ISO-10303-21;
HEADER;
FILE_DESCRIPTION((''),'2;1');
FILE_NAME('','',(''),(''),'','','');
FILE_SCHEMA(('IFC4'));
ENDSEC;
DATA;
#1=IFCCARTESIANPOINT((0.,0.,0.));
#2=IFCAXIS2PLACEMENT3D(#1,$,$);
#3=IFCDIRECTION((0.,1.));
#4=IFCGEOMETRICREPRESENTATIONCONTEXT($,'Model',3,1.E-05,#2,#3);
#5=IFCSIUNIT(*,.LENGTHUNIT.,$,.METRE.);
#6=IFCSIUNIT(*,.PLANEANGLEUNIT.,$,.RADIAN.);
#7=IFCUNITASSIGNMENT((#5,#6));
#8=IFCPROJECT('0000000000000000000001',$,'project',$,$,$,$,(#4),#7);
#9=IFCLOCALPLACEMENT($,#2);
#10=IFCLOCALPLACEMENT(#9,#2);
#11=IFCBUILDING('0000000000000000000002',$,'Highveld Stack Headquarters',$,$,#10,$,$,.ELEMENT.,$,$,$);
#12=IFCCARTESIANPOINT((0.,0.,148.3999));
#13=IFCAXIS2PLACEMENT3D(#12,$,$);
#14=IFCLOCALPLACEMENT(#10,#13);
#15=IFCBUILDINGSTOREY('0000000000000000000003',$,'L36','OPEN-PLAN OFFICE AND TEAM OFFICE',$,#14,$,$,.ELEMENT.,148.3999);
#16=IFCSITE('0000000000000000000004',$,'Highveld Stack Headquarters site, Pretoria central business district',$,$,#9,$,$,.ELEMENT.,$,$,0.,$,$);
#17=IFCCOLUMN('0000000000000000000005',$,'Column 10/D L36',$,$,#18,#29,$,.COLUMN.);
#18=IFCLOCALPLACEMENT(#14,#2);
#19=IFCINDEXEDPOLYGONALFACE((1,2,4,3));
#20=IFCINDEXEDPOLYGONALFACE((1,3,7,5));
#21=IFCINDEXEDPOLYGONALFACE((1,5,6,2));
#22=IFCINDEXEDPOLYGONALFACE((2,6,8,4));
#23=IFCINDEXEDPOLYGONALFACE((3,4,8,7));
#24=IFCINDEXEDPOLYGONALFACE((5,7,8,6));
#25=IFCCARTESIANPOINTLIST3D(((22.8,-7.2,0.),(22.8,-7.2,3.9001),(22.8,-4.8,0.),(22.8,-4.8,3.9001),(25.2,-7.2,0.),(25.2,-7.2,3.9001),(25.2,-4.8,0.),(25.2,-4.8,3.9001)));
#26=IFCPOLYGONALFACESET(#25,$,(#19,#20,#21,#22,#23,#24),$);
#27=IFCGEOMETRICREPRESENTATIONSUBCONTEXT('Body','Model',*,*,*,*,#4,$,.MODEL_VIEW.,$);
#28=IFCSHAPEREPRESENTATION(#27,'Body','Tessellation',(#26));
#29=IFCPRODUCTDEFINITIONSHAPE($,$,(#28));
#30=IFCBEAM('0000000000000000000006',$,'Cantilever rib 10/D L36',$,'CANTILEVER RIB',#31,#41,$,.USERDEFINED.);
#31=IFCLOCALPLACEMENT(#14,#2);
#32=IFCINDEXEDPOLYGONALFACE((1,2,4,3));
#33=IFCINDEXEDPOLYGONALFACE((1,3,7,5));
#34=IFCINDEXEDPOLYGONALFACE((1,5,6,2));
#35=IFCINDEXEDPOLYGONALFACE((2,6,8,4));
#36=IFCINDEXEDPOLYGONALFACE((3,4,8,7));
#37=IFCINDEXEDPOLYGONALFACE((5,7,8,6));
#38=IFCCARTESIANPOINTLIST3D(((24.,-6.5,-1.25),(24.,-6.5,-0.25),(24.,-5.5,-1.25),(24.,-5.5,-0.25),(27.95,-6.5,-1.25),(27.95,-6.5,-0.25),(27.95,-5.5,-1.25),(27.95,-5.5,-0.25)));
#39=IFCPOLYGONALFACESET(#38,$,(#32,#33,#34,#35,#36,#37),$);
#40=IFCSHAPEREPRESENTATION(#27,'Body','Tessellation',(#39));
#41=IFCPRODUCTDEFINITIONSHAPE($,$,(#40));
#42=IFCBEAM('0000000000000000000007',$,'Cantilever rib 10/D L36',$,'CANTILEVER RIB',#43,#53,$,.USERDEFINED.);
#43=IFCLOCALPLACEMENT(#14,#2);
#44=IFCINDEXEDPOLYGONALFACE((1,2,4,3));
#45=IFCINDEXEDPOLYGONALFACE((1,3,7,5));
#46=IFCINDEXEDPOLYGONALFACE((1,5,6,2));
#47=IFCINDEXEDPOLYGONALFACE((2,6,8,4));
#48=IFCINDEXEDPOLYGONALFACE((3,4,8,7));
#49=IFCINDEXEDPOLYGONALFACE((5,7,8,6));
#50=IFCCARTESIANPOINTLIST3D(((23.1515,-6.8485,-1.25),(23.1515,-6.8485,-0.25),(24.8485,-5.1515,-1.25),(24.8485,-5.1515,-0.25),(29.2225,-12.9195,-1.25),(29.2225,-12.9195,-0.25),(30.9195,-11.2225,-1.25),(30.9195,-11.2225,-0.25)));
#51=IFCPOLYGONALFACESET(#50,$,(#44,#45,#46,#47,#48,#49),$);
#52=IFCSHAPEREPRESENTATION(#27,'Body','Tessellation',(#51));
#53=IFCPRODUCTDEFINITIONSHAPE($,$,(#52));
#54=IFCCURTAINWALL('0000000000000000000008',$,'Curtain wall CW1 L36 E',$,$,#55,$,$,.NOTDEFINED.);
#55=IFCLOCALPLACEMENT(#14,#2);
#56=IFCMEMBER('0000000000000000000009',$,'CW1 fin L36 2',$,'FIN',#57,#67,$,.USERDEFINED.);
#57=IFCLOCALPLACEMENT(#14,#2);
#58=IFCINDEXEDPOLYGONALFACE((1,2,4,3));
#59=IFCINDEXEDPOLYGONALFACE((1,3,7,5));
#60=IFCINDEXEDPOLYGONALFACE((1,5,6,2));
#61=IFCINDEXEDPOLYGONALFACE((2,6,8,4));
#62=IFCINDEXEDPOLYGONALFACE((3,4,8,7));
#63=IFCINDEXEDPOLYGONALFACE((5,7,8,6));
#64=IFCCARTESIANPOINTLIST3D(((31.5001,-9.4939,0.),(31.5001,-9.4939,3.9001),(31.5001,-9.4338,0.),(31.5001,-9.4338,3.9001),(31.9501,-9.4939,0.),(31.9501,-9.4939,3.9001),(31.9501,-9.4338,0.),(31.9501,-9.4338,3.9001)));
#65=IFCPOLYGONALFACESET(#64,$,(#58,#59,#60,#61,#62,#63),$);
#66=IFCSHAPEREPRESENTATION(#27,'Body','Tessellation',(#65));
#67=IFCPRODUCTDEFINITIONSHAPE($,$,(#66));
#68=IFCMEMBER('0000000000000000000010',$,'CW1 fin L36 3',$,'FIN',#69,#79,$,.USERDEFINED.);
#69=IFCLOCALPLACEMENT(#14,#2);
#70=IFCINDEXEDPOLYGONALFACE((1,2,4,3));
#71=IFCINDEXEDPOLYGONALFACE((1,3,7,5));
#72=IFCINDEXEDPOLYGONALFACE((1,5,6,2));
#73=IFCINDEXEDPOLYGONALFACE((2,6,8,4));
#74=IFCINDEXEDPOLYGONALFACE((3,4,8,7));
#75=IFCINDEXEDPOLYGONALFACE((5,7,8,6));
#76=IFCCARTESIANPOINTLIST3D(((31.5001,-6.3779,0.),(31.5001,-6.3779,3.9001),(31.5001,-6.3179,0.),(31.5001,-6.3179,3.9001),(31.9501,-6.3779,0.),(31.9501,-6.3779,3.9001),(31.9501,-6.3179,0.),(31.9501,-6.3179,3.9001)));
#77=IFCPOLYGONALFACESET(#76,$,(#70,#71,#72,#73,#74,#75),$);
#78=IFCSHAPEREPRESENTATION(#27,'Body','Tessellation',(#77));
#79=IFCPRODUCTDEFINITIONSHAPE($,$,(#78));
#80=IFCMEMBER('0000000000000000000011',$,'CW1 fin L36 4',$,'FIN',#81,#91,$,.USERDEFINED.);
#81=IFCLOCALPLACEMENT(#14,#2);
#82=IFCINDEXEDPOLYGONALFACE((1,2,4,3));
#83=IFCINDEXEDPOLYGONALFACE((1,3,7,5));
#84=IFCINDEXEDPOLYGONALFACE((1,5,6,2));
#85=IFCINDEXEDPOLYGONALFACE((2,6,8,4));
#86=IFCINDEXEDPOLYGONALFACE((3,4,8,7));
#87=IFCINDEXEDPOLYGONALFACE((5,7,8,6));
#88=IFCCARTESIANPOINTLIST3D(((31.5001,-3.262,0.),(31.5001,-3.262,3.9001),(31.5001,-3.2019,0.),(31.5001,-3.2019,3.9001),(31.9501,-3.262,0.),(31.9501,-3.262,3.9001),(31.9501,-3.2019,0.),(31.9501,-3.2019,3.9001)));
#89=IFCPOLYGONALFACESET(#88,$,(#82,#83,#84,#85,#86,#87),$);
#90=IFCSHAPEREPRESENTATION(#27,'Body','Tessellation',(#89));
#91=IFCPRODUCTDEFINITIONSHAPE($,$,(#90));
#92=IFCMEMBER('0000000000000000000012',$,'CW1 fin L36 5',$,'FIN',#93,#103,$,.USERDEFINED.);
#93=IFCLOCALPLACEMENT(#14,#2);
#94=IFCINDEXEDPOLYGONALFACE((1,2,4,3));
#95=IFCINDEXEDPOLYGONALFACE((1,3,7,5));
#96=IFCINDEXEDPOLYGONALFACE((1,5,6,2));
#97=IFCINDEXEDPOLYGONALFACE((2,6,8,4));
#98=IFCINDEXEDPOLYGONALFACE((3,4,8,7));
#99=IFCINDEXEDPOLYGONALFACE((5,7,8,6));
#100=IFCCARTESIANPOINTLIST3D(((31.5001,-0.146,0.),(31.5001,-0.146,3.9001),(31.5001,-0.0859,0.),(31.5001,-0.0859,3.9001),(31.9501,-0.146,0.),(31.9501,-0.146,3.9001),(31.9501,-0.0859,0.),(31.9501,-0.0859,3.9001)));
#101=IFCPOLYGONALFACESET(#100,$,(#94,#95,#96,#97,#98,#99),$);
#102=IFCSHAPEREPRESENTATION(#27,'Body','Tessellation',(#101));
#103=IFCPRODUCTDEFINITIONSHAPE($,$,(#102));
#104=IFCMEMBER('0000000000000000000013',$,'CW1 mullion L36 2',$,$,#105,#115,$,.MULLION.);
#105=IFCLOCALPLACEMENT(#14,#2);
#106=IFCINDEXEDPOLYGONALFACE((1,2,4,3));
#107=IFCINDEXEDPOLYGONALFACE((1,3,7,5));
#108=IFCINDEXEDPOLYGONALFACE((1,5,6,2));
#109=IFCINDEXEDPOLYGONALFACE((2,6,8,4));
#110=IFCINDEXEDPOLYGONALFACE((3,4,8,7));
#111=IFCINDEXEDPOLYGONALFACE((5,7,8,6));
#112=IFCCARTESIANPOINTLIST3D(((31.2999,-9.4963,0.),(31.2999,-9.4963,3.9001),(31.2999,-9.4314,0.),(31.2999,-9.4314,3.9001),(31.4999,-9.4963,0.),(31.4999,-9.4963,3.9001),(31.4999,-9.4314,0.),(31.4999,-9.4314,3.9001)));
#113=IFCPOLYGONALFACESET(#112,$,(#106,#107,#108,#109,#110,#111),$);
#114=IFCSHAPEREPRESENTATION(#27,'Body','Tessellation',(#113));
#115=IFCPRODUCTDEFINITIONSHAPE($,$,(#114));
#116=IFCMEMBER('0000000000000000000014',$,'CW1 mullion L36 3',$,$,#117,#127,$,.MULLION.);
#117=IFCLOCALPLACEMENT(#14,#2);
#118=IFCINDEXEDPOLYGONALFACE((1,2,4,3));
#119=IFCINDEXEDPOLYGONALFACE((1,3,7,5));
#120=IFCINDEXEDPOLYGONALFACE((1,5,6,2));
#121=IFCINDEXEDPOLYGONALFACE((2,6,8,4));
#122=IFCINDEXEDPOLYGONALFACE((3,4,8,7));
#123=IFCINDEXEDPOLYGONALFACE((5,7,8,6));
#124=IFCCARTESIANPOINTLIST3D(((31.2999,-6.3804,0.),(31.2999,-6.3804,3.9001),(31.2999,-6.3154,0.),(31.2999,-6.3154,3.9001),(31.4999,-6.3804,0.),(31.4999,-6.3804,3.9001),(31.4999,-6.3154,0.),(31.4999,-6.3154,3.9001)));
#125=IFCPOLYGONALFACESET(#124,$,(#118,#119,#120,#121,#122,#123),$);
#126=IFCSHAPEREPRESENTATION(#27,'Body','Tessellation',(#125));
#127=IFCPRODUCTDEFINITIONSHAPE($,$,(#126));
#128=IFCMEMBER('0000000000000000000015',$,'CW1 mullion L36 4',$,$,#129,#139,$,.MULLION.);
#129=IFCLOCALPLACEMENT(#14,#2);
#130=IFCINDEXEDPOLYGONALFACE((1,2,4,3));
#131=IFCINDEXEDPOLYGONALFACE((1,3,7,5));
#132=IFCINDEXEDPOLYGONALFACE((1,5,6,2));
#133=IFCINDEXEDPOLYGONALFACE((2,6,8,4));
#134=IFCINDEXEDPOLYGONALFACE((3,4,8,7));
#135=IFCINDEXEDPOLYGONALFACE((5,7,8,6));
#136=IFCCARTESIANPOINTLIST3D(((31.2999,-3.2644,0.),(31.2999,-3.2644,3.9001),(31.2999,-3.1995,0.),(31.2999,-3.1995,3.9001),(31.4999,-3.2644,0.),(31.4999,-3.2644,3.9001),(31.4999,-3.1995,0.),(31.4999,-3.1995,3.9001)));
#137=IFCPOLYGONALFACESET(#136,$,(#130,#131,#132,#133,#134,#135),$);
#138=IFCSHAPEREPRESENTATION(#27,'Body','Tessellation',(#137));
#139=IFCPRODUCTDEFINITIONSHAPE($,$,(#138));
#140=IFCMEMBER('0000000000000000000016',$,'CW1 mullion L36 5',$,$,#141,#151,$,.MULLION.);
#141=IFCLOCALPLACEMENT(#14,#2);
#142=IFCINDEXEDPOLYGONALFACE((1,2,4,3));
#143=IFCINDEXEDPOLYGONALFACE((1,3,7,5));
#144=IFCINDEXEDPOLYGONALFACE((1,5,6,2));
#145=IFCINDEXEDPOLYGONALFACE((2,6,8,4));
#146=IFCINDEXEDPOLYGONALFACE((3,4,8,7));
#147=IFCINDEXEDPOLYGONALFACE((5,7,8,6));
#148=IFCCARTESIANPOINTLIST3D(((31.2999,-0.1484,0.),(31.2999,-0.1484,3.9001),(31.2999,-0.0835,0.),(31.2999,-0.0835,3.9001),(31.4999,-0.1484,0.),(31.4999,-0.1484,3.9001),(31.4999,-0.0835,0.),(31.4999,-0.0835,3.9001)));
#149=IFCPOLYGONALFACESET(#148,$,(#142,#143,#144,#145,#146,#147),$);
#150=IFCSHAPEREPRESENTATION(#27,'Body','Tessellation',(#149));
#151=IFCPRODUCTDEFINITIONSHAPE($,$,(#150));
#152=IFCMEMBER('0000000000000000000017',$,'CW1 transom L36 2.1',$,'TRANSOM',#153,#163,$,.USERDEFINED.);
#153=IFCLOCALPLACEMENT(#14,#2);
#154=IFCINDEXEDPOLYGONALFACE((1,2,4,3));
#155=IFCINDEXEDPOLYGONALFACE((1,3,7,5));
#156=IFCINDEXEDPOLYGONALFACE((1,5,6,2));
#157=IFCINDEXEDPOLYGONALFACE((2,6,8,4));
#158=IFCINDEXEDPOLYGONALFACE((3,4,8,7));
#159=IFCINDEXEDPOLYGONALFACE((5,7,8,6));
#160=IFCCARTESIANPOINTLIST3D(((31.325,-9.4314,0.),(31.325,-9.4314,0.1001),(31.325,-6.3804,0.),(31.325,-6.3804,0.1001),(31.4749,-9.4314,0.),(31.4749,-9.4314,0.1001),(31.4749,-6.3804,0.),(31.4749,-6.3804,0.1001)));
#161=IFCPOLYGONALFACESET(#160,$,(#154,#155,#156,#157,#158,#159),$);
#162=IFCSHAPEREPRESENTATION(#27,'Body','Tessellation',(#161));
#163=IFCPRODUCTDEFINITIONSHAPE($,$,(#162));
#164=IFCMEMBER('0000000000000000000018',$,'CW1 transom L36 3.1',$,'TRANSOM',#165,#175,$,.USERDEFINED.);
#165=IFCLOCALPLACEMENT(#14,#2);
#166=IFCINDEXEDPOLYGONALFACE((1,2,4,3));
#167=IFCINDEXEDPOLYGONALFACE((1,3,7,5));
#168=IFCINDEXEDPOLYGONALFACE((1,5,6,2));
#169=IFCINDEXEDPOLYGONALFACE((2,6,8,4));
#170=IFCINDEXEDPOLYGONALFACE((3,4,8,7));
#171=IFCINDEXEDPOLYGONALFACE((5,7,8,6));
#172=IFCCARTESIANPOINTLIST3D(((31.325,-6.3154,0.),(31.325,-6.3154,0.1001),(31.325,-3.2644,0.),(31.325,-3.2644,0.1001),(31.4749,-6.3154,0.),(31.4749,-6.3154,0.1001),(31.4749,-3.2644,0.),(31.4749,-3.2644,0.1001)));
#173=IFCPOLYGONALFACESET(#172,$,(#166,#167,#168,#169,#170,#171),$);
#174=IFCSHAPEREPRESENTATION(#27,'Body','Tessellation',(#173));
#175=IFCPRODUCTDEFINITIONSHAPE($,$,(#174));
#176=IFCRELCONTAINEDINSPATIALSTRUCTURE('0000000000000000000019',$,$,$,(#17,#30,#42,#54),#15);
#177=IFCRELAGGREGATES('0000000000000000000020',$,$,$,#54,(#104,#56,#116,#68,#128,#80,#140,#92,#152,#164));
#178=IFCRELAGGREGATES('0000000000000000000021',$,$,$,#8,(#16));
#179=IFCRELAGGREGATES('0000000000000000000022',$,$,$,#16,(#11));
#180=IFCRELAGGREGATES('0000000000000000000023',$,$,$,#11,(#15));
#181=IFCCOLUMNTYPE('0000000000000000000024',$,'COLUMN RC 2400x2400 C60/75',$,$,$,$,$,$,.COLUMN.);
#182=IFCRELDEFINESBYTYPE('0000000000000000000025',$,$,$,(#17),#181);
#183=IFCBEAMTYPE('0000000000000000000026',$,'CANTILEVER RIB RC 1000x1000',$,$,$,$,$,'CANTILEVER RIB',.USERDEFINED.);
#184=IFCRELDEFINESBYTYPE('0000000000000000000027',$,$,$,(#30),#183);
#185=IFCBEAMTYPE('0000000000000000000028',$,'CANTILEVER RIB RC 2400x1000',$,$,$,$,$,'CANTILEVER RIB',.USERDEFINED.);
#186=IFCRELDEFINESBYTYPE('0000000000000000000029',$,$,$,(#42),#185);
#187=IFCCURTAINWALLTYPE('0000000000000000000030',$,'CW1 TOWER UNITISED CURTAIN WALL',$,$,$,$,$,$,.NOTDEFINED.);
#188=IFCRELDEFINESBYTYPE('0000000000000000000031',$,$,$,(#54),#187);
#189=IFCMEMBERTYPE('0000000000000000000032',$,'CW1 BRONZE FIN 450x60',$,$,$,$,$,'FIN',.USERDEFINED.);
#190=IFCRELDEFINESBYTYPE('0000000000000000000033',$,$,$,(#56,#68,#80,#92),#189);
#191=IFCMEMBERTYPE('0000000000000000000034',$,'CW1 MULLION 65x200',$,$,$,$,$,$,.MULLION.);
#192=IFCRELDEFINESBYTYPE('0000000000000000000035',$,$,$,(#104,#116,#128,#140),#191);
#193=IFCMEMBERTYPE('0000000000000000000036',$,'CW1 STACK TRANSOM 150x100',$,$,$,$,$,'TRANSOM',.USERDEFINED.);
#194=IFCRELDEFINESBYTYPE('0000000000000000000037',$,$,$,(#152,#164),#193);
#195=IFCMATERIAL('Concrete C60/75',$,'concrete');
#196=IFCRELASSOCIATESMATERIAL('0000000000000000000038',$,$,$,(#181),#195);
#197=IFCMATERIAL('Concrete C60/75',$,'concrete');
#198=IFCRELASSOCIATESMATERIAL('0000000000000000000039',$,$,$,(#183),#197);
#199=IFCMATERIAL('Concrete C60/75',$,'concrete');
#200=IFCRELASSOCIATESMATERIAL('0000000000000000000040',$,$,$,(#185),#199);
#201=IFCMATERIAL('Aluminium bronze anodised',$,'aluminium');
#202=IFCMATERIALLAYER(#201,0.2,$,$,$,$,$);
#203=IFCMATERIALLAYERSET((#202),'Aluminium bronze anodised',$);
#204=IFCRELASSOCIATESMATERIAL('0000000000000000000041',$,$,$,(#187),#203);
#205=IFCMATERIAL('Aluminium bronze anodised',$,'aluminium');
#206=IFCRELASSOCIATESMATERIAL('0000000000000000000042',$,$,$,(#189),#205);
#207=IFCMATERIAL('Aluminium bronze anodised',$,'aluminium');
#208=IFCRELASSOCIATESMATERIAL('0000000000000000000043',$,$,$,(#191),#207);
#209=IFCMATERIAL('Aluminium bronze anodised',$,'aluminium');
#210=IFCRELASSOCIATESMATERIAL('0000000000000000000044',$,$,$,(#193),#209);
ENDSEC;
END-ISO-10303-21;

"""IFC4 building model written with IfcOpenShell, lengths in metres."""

from ifc_helpers import new_model, si_unit, direction, frame, origin, origin_2d, place, context, subcontext, project, spatial, rectangle, extrude, material, layer, layer_set, material_profile, profile_set, type_object, element, aggregate, save


model = new_model("IFC4")

# Units and contexts
model_context = context("Model", 3, precision=1e-05, world=origin(), true_north=direction((0.0, 1.0)))
body_context = subcontext(model_context, "Body", "Model", "MODEL_VIEW")
ifc_project = project(units=[si_unit("LENGTHUNIT", "METRE"), si_unit("PLANEANGLEUNIT", "RADIAN")], contexts=[model_context])

# Site, building, storey
site_placement = place(None, origin())
site = spatial("IfcSite", under=ifc_project, at=site_placement, Name="Highveld Stack Headquarters site, Pretoria central business district", CompositionType="ELEMENT", RefElevation=0.0)
building_placement = place(site_placement, origin())
building = spatial("IfcBuilding", under=site, at=building_placement, Name="Highveld Stack Headquarters", CompositionType="ELEMENT")
storey_placement = place(building_placement, frame((0.0, 0.0, 148.3999)))
storey = spatial("IfcBuildingStorey", under=building, at=storey_placement, Name="L36", Description="OPEN-PLAN OFFICE AND TEAM OFFICE", CompositionType="ELEMENT", Elevation=148.3999)

# Column
ifc_material_1 = material(Name="Concrete C60/75", Category="concrete")
ifc_material_profile_1 = material_profile(ifc_material_1, rectangle(XDim=2.3999, YDim=2.3999, at=origin_2d()), Name="RC 2400x2400")
ifc_profile_set_1 = profile_set([ifc_material_profile_1], Name="Concrete C60/75")
column_type = type_object("IfcColumnType", Name="COLUMN RC 2400x2400 C60/75", PredefinedType="COLUMN", material=ifc_profile_set_1)
column_placement = place(storey_placement, frame((24.0, -6.0, 0.0), z_axis=(0.0, 0.0, 1.0), x_axis=(1.0, 0.0, 0.0)))
element("IfcColumn", 1, at=column_placement, inside=storey, type_object=column_type, Name="Column 10/D L36", PredefinedType="COLUMN", context=body_context, shape_type="SweptSolid", body=[
    extrude(rectangle(XDim=2.3999, YDim=2.3999, at=origin_2d()), origin(), (0.0, 0.0, 1.0), 3.9001),
])

# Beams
ifc_material_2 = material(Name="Concrete C60/75", Category="concrete")
ifc_material_profile_2 = material_profile(ifc_material_2, rectangle(XDim=1.0, YDim=1.0, at=origin_2d()), Name="RC 1000x1000")
ifc_profile_set_2 = profile_set([ifc_material_profile_2], Name="Concrete C60/75")
beam_type_1 = type_object("IfcBeamType", Name="CANTILEVER RIB RC 1000x1000", ElementType="CANTILEVER RIB", PredefinedType="USERDEFINED", material=ifc_profile_set_2)
beam_1_placement = place(storey_placement, frame((24.0, -6.0, -0.75), z_axis=(1.0, 0.0, 0.0), x_axis=(0.0, 1.0, 0.0)))
element("IfcBeam", 2, at=beam_1_placement, inside=storey, type_object=beam_type_1, Name="Cantilever rib 10/D L36", ObjectType="CANTILEVER RIB", PredefinedType="USERDEFINED", context=body_context, shape_type="SweptSolid", body=[
    extrude(rectangle(XDim=1.0, YDim=1.0, at=origin_2d()), origin(), (0.0, 0.0, 1.0), 3.95),
])
ifc_material_3 = material(Name="Concrete C60/75", Category="concrete")
ifc_material_profile_3 = material_profile(ifc_material_3, rectangle(XDim=2.3999, YDim=1.0, at=origin_2d()), Name="RC 2400x1000")
ifc_profile_set_3 = profile_set([ifc_material_profile_3], Name="Concrete C60/75")
beam_type_2 = type_object("IfcBeamType", Name="CANTILEVER RIB RC 2400x1000", ElementType="CANTILEVER RIB", PredefinedType="USERDEFINED", material=ifc_profile_set_3)
beam_2_placement = place(storey_placement, frame((24.0, -6.0, -0.75), z_axis=(0.707107, -0.707107, 0.0), x_axis=(0.707107, 0.707107, 0.0)))
element("IfcBeam", 3, at=beam_2_placement, inside=storey, type_object=beam_type_2, Name="Cantilever rib 10/D L36", ObjectType="CANTILEVER RIB", PredefinedType="USERDEFINED", context=body_context, shape_type="SweptSolid", body=[
    extrude(rectangle(XDim=2.3999, YDim=1.0, at=origin_2d()), origin(), (0.0, 0.0, 1.0), 8.5857),
])

# Curtain wall, members
ifc_material_4 = material(Name="Aluminium bronze anodised", Category="aluminium")
ifc_layer_1 = layer(ifc_material_4, 0.2)
ifc_layer_set_1 = layer_set([ifc_layer_1], Name="Aluminium bronze anodised")
curtain_wall_type = type_object("IfcCurtainWallType", Name="CW1 TOWER UNITISED CURTAIN WALL", PredefinedType="NOTDEFINED", material=ifc_layer_set_1)
curtain_wall_placement = place(storey_placement, origin())
curtain_wall = element("IfcCurtainWall", 4, at=curtain_wall_placement, inside=storey, type_object=curtain_wall_type, Name="Curtain wall CW1 L36 E", PredefinedType="NOTDEFINED")
ifc_material_5 = material(Name="Aluminium bronze anodised", Category="aluminium")
ifc_material_profile_4 = material_profile(ifc_material_5, rectangle(XDim=0.45, YDim=0.0601, at=origin_2d()), Name="FIN 450x60")
ifc_profile_set_4 = profile_set([ifc_material_profile_4], Name="Aluminium bronze anodised")
member_type_1 = type_object("IfcMemberType", Name="CW1 BRONZE FIN 450x60", ElementType="FIN", PredefinedType="USERDEFINED", material=ifc_profile_set_4)
member_1_placement = place(storey_placement, frame((31.7251, -9.4639, 0.0), z_axis=(0.0, 0.0, 1.0), x_axis=(-1.0, 0.0, 0.0)))
member_1 = element("IfcMember", 5, at=member_1_placement, type_object=member_type_1, Name="CW1 fin L36 2", ObjectType="FIN", PredefinedType="USERDEFINED", context=body_context, shape_type="SweptSolid", body=[
    extrude(rectangle(XDim=0.45, YDim=0.0601, at=origin_2d()), origin(), (0.0, 0.0, 1.0), 3.9001),
])
member_2_placement = place(storey_placement, frame((31.7251, -6.3479, 0.0), z_axis=(0.0, 0.0, 1.0), x_axis=(-1.0, 0.0, 0.0)))
member_2 = element("IfcMember", 6, at=member_2_placement, type_object=member_type_1, Name="CW1 fin L36 3", ObjectType="FIN", PredefinedType="USERDEFINED", context=body_context, shape_type="SweptSolid", body=[
    extrude(rectangle(XDim=0.45, YDim=0.0601, at=origin_2d()), origin(), (0.0, 0.0, 1.0), 3.9001),
])
member_3_placement = place(storey_placement, frame((31.7251, -3.2319, 0.0), z_axis=(0.0, 0.0, 1.0), x_axis=(-1.0, 0.0, 0.0)))
member_3 = element("IfcMember", 7, at=member_3_placement, type_object=member_type_1, Name="CW1 fin L36 4", ObjectType="FIN", PredefinedType="USERDEFINED", context=body_context, shape_type="SweptSolid", body=[
    extrude(rectangle(XDim=0.45, YDim=0.0601, at=origin_2d()), origin(), (0.0, 0.0, 1.0), 3.9001),
])
member_4_placement = place(storey_placement, frame((31.7251, -0.116, 0.0), z_axis=(0.0, 0.0, 1.0), x_axis=(-1.0, 0.0, 0.0)))
member_4 = element("IfcMember", 8, at=member_4_placement, type_object=member_type_1, Name="CW1 fin L36 5", ObjectType="FIN", PredefinedType="USERDEFINED", context=body_context, shape_type="SweptSolid", body=[
    extrude(rectangle(XDim=0.45, YDim=0.0601, at=origin_2d()), origin(), (0.0, 0.0, 1.0), 3.9001),
])
ifc_material_6 = material(Name="Aluminium bronze anodised", Category="aluminium")
ifc_material_profile_5 = material_profile(ifc_material_6, rectangle(XDim=0.2, YDim=0.0649, at=origin_2d()), Name="CW1 MULLION 65x200")
ifc_profile_set_5 = profile_set([ifc_material_profile_5], Name="Aluminium bronze anodised")
member_type_2 = type_object("IfcMemberType", Name="CW1 MULLION 65x200", PredefinedType="MULLION", material=ifc_profile_set_5)
member_5_placement = place(storey_placement, frame((31.3999, -9.4639, 0.0), z_axis=(0.0, 0.0, 1.0), x_axis=(-1.0, 0.0, 0.0)))
member_5 = element("IfcMember", 9, at=member_5_placement, type_object=member_type_2, Name="CW1 mullion L36 2", PredefinedType="MULLION", context=body_context, shape_type="SweptSolid", body=[
    extrude(rectangle(XDim=0.2, YDim=0.0649, at=origin_2d()), origin(), (0.0, 0.0, 1.0), 3.9001),
])
member_6_placement = place(storey_placement, frame((31.3999, -6.3479, 0.0), z_axis=(0.0, 0.0, 1.0), x_axis=(-1.0, 0.0, 0.0)))
member_6 = element("IfcMember", 10, at=member_6_placement, type_object=member_type_2, Name="CW1 mullion L36 3", PredefinedType="MULLION", context=body_context, shape_type="SweptSolid", body=[
    extrude(rectangle(XDim=0.2, YDim=0.0649, at=origin_2d()), origin(), (0.0, 0.0, 1.0), 3.9001),
])
member_7_placement = place(storey_placement, frame((31.3999, -3.2319, 0.0), z_axis=(0.0, 0.0, 1.0), x_axis=(-1.0, 0.0, 0.0)))
member_7 = element("IfcMember", 11, at=member_7_placement, type_object=member_type_2, Name="CW1 mullion L36 4", PredefinedType="MULLION", context=body_context, shape_type="SweptSolid", body=[
    extrude(rectangle(XDim=0.2, YDim=0.0649, at=origin_2d()), origin(), (0.0, 0.0, 1.0), 3.9001),
])
member_8_placement = place(storey_placement, frame((31.3999, -0.116, 0.0), z_axis=(0.0, 0.0, 1.0), x_axis=(-1.0, 0.0, 0.0)))
member_8 = element("IfcMember", 12, at=member_8_placement, type_object=member_type_2, Name="CW1 mullion L36 5", PredefinedType="MULLION", context=body_context, shape_type="SweptSolid", body=[
    extrude(rectangle(XDim=0.2, YDim=0.0649, at=origin_2d()), origin(), (0.0, 0.0, 1.0), 3.9001),
])
ifc_material_7 = material(Name="Aluminium bronze anodised", Category="aluminium")
ifc_material_profile_6 = material_profile(ifc_material_7, rectangle(XDim=0.1499, YDim=0.1001, at=origin_2d()), Name="CW1 TRANSOM 150x100")
ifc_profile_set_6 = profile_set([ifc_material_profile_6], Name="Aluminium bronze anodised")
member_type_3 = type_object("IfcMemberType", Name="CW1 STACK TRANSOM 150x100", ElementType="TRANSOM", PredefinedType="USERDEFINED", material=ifc_profile_set_6)
member_9_placement = place(storey_placement, frame((31.3999, -9.4314, 0.05), z_axis=(0.0, 1.0, 0.0), x_axis=(-1.0, 0.0, 0.0)))
member_9 = element("IfcMember", 13, at=member_9_placement, type_object=member_type_3, Name="CW1 transom L36 2.1", ObjectType="TRANSOM", PredefinedType="USERDEFINED", context=body_context, shape_type="SweptSolid", body=[
    extrude(rectangle(XDim=0.1499, YDim=0.1001, at=origin_2d()), origin(), (0.0, 0.0, 1.0), 3.051),
])
member_10_placement = place(storey_placement, frame((31.3999, -6.3154, 0.05), z_axis=(0.0, 1.0, 0.0), x_axis=(-1.0, 0.0, 0.0)))
member_10 = element("IfcMember", 14, at=member_10_placement, type_object=member_type_3, Name="CW1 transom L36 3.1", ObjectType="TRANSOM", PredefinedType="USERDEFINED", context=body_context, shape_type="SweptSolid", body=[
    extrude(rectangle(XDim=0.1499, YDim=0.1001, at=origin_2d()), origin(), (0.0, 0.0, 1.0), 3.051),
])

aggregate(curtain_wall, [member_5, member_1, member_6, member_2, member_7, member_3, member_8, member_4, member_9, member_10])

save(model, "model.ifc")
